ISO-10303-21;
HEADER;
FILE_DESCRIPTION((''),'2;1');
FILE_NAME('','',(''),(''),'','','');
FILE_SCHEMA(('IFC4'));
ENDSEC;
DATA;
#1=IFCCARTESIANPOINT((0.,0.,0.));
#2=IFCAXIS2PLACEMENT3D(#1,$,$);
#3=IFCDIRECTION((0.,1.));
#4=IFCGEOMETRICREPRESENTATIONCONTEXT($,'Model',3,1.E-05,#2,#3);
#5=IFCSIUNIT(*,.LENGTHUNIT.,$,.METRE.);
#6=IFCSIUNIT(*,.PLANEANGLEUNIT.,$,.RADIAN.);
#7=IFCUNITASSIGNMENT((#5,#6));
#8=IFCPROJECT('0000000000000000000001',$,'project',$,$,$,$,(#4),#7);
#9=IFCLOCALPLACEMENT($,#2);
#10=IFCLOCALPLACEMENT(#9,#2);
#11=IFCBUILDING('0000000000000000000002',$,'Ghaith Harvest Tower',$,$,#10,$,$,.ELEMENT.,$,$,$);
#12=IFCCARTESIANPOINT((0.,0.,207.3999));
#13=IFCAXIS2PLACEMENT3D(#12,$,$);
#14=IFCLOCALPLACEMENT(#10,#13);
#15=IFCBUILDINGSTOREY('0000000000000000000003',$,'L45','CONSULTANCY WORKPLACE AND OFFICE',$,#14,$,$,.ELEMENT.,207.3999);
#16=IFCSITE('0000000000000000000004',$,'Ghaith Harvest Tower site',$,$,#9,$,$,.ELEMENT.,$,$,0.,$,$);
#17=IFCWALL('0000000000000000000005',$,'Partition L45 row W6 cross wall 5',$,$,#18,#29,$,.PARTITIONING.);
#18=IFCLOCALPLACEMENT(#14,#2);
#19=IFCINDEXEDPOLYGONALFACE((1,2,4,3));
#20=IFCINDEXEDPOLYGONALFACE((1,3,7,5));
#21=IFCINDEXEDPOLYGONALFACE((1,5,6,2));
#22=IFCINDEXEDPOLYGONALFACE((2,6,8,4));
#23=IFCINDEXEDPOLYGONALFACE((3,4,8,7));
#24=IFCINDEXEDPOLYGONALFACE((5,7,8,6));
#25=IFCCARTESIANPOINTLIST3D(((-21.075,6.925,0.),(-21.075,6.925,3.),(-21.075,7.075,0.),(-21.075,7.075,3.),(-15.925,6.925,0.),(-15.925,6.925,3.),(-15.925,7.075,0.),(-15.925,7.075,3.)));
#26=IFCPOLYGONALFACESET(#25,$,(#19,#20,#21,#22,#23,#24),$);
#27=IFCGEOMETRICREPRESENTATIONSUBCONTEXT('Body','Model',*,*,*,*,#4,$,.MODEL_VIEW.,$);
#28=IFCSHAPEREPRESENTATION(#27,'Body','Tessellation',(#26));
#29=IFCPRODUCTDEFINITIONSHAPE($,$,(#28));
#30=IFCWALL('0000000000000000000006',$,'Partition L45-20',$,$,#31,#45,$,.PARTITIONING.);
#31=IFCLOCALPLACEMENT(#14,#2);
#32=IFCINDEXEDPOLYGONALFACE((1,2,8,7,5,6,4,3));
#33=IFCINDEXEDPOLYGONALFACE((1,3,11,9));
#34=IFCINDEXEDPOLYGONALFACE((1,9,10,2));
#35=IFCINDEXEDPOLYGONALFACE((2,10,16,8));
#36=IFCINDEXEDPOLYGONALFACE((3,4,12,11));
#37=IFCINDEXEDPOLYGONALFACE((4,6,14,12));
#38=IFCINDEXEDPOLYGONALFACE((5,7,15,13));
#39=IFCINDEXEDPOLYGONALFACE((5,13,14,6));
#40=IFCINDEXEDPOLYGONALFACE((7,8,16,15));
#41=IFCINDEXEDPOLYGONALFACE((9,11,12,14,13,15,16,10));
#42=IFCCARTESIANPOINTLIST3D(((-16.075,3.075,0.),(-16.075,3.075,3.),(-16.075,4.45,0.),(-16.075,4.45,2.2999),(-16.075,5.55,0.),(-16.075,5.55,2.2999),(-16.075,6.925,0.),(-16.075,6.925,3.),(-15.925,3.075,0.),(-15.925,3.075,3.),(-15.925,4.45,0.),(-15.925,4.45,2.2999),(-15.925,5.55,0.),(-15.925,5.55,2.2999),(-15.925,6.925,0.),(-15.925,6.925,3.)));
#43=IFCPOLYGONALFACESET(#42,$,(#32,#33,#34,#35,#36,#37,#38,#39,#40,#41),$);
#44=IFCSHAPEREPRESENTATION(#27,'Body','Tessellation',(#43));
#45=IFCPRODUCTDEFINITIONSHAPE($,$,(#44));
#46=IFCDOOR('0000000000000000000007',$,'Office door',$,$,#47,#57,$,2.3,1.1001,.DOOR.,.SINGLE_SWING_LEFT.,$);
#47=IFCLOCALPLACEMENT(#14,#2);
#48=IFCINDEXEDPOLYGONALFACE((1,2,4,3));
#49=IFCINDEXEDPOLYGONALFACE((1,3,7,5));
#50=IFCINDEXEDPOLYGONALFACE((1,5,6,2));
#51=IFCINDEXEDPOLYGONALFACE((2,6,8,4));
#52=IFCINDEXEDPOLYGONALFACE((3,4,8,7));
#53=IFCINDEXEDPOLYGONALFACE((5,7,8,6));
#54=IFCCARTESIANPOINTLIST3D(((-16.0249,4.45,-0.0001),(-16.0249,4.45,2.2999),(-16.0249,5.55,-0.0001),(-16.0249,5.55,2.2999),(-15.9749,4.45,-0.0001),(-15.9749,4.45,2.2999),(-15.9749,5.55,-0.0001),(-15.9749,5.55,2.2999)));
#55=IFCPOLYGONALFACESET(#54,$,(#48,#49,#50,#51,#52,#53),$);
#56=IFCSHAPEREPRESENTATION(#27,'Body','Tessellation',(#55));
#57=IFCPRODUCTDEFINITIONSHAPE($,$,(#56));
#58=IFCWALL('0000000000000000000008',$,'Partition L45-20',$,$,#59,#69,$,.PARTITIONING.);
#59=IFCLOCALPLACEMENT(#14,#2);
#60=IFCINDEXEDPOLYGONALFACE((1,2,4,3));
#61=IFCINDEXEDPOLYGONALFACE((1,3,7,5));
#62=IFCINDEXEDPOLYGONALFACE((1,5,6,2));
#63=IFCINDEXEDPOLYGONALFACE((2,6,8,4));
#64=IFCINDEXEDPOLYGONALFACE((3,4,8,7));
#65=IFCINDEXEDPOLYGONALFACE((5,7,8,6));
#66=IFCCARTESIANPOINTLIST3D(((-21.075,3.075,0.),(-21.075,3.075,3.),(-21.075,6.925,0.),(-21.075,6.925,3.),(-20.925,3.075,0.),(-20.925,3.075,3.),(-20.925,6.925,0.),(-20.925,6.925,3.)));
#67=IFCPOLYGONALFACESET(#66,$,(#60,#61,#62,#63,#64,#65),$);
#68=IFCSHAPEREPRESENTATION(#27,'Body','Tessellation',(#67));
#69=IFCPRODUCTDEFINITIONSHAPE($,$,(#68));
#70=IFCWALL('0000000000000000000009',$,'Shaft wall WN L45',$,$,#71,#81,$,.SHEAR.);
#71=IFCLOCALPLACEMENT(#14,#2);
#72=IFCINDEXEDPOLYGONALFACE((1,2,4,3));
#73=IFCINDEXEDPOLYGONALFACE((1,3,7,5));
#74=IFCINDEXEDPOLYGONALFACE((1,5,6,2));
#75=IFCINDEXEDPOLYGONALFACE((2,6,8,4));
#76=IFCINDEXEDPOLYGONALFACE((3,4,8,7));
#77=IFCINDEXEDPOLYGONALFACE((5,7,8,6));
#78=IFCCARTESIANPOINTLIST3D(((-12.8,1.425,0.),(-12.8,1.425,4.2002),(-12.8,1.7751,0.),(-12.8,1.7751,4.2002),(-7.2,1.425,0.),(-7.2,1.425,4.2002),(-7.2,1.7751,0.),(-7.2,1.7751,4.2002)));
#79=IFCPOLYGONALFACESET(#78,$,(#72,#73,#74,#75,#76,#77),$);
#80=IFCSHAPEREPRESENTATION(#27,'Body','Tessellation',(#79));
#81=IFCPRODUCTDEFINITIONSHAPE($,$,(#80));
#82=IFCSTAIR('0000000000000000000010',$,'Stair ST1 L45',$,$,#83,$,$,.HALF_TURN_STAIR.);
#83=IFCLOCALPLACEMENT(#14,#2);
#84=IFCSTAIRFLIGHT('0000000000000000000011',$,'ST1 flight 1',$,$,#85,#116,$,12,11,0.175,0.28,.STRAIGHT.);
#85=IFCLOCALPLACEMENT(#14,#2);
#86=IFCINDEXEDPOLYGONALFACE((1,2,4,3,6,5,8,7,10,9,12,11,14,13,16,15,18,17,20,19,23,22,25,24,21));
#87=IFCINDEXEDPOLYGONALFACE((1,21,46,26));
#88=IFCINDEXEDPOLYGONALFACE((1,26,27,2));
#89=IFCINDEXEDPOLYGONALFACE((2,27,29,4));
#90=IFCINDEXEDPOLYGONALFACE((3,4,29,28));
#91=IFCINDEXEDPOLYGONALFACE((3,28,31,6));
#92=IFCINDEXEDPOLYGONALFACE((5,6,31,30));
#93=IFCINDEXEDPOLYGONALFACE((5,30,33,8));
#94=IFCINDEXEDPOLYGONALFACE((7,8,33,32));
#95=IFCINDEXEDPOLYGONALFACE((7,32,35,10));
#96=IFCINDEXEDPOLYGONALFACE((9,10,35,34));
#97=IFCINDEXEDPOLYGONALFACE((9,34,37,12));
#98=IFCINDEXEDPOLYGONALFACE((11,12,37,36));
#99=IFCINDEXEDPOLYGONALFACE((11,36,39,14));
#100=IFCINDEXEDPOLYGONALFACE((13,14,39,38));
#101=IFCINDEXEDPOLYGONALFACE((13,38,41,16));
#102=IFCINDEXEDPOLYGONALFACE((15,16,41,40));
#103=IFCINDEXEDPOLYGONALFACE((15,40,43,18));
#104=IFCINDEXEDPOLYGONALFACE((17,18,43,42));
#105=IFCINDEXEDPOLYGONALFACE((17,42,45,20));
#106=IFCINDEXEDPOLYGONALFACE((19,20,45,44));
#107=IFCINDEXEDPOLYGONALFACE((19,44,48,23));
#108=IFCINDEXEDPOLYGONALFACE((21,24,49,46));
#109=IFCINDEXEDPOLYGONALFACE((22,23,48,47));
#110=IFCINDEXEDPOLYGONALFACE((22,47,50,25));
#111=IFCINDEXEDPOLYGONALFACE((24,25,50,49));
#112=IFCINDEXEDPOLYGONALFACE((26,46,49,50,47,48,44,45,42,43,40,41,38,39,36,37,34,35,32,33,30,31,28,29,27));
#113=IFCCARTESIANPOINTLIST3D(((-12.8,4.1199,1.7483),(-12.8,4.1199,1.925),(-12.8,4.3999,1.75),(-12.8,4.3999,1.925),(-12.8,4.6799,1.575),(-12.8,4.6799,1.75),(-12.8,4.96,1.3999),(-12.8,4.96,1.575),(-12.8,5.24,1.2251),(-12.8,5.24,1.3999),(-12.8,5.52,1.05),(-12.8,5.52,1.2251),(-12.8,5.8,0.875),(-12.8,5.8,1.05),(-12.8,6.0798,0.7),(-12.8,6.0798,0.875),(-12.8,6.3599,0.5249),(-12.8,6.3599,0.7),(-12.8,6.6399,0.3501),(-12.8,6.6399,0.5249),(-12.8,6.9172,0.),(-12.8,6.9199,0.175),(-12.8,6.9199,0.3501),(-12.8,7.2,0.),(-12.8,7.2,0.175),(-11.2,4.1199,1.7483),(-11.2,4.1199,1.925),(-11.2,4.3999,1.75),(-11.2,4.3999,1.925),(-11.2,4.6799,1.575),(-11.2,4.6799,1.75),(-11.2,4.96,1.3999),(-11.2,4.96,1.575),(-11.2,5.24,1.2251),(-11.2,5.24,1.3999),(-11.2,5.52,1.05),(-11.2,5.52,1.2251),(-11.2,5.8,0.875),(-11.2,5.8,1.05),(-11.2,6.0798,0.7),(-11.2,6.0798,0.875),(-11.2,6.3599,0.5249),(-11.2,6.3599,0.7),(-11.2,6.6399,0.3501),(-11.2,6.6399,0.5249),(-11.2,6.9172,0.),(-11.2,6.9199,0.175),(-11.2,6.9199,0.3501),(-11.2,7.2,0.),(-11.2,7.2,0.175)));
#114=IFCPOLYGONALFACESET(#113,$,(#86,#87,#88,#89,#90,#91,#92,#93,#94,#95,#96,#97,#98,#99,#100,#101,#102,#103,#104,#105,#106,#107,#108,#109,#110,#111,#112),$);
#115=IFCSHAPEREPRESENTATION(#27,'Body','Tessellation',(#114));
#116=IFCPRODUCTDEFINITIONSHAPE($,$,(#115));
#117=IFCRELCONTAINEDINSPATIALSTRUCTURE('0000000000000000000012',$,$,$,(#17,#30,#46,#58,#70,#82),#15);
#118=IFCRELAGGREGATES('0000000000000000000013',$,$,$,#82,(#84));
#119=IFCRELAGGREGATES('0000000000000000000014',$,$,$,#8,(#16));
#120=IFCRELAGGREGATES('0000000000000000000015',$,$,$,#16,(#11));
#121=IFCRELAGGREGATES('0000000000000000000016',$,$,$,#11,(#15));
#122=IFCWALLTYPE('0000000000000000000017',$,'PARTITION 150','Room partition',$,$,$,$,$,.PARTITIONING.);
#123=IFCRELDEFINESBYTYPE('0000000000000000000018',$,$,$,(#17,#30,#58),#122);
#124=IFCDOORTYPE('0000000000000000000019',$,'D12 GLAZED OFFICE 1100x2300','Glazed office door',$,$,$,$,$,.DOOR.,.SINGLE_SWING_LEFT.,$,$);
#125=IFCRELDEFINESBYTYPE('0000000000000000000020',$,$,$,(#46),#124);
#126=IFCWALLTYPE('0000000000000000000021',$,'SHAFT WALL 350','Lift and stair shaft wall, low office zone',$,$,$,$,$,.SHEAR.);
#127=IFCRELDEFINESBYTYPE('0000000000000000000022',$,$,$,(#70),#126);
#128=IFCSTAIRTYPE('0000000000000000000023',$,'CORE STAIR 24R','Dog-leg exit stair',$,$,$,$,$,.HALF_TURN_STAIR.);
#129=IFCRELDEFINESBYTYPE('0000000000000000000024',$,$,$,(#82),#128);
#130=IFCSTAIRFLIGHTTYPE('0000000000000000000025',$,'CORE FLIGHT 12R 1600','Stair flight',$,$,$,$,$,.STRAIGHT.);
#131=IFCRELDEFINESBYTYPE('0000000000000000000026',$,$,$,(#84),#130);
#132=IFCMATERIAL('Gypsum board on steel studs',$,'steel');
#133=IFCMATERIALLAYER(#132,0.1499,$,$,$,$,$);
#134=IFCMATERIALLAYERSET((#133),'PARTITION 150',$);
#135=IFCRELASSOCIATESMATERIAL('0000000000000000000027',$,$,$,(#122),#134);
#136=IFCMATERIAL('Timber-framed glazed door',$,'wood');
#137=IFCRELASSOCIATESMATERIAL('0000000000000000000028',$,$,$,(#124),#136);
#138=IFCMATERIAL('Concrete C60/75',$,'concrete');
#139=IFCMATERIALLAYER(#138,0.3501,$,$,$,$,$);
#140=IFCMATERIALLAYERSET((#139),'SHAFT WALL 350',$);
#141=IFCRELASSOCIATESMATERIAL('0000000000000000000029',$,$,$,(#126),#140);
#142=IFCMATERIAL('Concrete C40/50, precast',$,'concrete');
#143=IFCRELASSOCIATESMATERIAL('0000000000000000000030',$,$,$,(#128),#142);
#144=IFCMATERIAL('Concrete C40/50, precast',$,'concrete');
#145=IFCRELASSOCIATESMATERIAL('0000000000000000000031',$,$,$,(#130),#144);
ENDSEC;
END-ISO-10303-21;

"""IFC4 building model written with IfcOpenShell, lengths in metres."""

from ifc_helpers import new_model, si_unit, direction, frame, frame_2d, origin, place, context, subcontext, project, spatial, polyline, rectangle, outline, extrude, material, layer, layer_set, type_object, element, fill, aggregate, save


model = new_model("IFC4")

# Units and contexts
model_context = context("Model", 3, precision=1e-05, world=origin(), true_north=direction((0.0, 1.0)))
body_context = subcontext(model_context, "Body", "Model", "MODEL_VIEW")
ifc_project = project(units=[si_unit("LENGTHUNIT", "METRE"), si_unit("PLANEANGLEUNIT", "RADIAN")], contexts=[model_context])

# Site, building, storey
site_placement = place(None, origin())
site = spatial("IfcSite", under=ifc_project, at=site_placement, Name="Ghaith Harvest Tower site", CompositionType="ELEMENT", RefElevation=0.0)
building_placement = place(site_placement, origin())
building = spatial("IfcBuilding", under=site, at=building_placement, Name="Ghaith Harvest Tower", CompositionType="ELEMENT")
storey_placement = place(building_placement, frame((0.0, 0.0, 207.3999)))
storey = spatial("IfcBuildingStorey", under=building, at=storey_placement, Name="L45", Description="CONSULTANCY WORKPLACE AND OFFICE", CompositionType="ELEMENT", Elevation=207.3999)

# Wall
ifc_material_1 = material(Name="Gypsum board on steel studs", Category="steel")
ifc_layer_1 = layer(ifc_material_1, 0.1499)
ifc_layer_set_1 = layer_set([ifc_layer_1], Name="PARTITION 150")
wall_type_1 = type_object("IfcWallType", Name="PARTITION 150", Description="Room partition", PredefinedType="PARTITIONING", material=ifc_layer_set_1)
for number, where, z_axis, x_axis, name in (
    (1, (-15.925, 7.0, 0.0), (0.0, 0.0, 1.0), (-1.0, 0.0, 0.0), "Partition L45 row W6 cross wall 5"),
):
    element("IfcWall", number, at=place(storey_placement, frame(where, z_axis=z_axis, x_axis=x_axis)), inside=storey, type_object=wall_type_1, Name=name, PredefinedType="PARTITIONING", context=body_context, shape_type="SweptSolid", body=[
        extrude(rectangle(XDim=5.1499, YDim=0.1499, at=frame_2d((2.575, 0.0))), origin(), (0.0, 0.0, 1.0), 3.0),
    ])

# Wall, opening, door
wall_1_placement = place(storey_placement, frame((-16.0, 3.075, 0.0), z_axis=(0.0, 0.0, 1.0), x_axis=(0.0, 1.0, 0.0)))
wall_1 = element("IfcWall", 2, at=wall_1_placement, inside=storey, type_object=wall_type_1, Name="Partition L45-20", PredefinedType="PARTITIONING", context=body_context, shape_type="SweptSolid", body=[
    extrude(rectangle(XDim=3.8501, YDim=0.1499, at=frame_2d((1.925, 0.0))), origin(), (0.0, 0.0, 1.0), 3.0),
])
opening_placement = place(wall_1_placement, frame((1.375, 0.0, 0.0)))
opening = element("IfcOpeningElement", 3, at=opening_placement, cuts=wall_1, PredefinedType="OPENING", context=body_context, shape_type="SweptSolid", body=[
    extrude(rectangle(XDim=1.1001, YDim=2.3, at=frame_2d((0.55, 1.1499))), frame((0.0, 0.085, 0.0), z_axis=(0.0, -1.0, 0.0), x_axis=(1.0, 0.0, 0.0)), (0.0, 0.0, 1.0), 0.1699),
])
ifc_material_2 = material(Name="Timber-framed glazed door", Category="wood")
door_type = type_object("IfcDoorType", Name="D12 GLAZED OFFICE 1100x2300", Description="Glazed office door", OperationType="SINGLE_SWING_LEFT", PredefinedType="DOOR", material=ifc_material_2)
door_placement = place(opening_placement, origin())
door = element("IfcDoor", 4, at=door_placement, inside=storey, type_object=door_type, Name="Office door", OperationType="SINGLE_SWING_LEFT", OverallHeight=2.3, OverallWidth=1.1001, PredefinedType="DOOR", context=body_context, shape_type="SweptSolid", body=[
    extrude(rectangle(XDim=1.1001, YDim=2.3, at=frame_2d((0.55, 1.1499))), frame((0.0, 0.0249, 0.0), z_axis=(0.0, -1.0, 0.0), x_axis=(1.0, 0.0, 0.0)), (0.0, 0.0, 1.0), 0.05),
])
fill(opening, door)

# Walls
wall_2_placement = place(storey_placement, frame((-21.0, 3.075, 0.0), z_axis=(0.0, 0.0, 1.0), x_axis=(0.0, 1.0, 0.0)))
element("IfcWall", 5, at=wall_2_placement, inside=storey, type_object=wall_type_1, Name="Partition L45-20", PredefinedType="PARTITIONING", context=body_context, shape_type="SweptSolid", body=[
    extrude(rectangle(XDim=3.8501, YDim=0.1499, at=frame_2d((1.925, 0.0))), origin(), (0.0, 0.0, 1.0), 3.0),
])
ifc_material_3 = material(Name="Concrete C60/75", Category="concrete")
ifc_layer_2 = layer(ifc_material_3, 0.3501)
ifc_layer_set_2 = layer_set([ifc_layer_2], Name="SHAFT WALL 350")
wall_type_2 = type_object("IfcWallType", Name="SHAFT WALL 350", Description="Lift and stair shaft wall, low office zone", PredefinedType="SHEAR", material=ifc_layer_set_2)
wall_3_placement = place(storey_placement, frame((-12.8, 1.6001, 0.0), z_axis=(0.0, 0.0, 1.0), x_axis=(1.0, 0.0, 0.0)))
element("IfcWall", 6, at=wall_3_placement, inside=storey, type_object=wall_type_2, Name="Shaft wall WN L45", PredefinedType="SHEAR", context=body_context, shape_type="SweptSolid", body=[
    extrude(rectangle(XDim=5.6001, YDim=0.3501, at=frame_2d((2.8, 0.0))), origin(), (0.0, 0.0, 1.0), 4.2002),
])

# Stair, stair flight
ifc_material_4 = material(Name="Concrete C40/50, precast", Category="concrete")
stair_type = type_object("IfcStairType", Name="CORE STAIR 24R", Description="Dog-leg exit stair", PredefinedType="HALF_TURN_STAIR", material=ifc_material_4)
stair_placement = place(storey_placement, origin())
stair = element("IfcStair", 7, at=stair_placement, inside=storey, type_object=stair_type, Name="Stair ST1 L45", PredefinedType="HALF_TURN_STAIR")
ifc_material_5 = material(Name="Concrete C40/50, precast", Category="concrete")
stair_flight_type = type_object("IfcStairFlightType", Name="CORE FLIGHT 12R 1600", Description="Stair flight", PredefinedType="STRAIGHT", material=ifc_material_5)
stair_flight_placement = place(storey_placement, frame((-12.0, 7.2, 0.0), z_axis=(0.0, 0.0, 1.0), x_axis=(0.0, -1.0, 0.0)))
stair_flight = element("IfcStairFlight", 8, at=stair_flight_placement, type_object=stair_flight_type, Name="ST1 flight 1", NumberOfRisers=12, NumberOfTreads=11, PredefinedType="STRAIGHT", RiserHeight=0.175, TreadLength=0.28, context=body_context, shape_type="SweptSolid", body=[
    extrude(outline(polyline([(0.0, 0.0), (0.0, 0.175), (0.28, 0.175), (0.28, 0.3501), (0.5601, 0.3501), (0.5601, 0.5249), (0.8401, 0.5249), (0.8401, 0.7), (1.1201, 0.7), (1.1201, 0.875), (1.3999, 0.875), (1.3999, 1.05), (1.6799, 1.05), (1.6799, 1.2251), (1.96, 1.2251), (1.96, 1.3999), (2.24, 1.3999), (2.24, 1.575), (2.52, 1.575), (2.52, 1.75), (2.8, 1.75), (2.8, 1.925), (3.0801, 1.925), (3.0801, 2.1001), (3.0801, 1.7483), (0.2827, 0.0), (0.0, 0.0)])), frame((0.0, 0.8, 0.0), z_axis=(0.0, -1.0, 0.0), x_axis=(1.0, 0.0, 0.0)), (0.0, 0.0, 1.0), 1.6001),
])
aggregate(stair, [stair_flight])

save(model, "model.ifc")
